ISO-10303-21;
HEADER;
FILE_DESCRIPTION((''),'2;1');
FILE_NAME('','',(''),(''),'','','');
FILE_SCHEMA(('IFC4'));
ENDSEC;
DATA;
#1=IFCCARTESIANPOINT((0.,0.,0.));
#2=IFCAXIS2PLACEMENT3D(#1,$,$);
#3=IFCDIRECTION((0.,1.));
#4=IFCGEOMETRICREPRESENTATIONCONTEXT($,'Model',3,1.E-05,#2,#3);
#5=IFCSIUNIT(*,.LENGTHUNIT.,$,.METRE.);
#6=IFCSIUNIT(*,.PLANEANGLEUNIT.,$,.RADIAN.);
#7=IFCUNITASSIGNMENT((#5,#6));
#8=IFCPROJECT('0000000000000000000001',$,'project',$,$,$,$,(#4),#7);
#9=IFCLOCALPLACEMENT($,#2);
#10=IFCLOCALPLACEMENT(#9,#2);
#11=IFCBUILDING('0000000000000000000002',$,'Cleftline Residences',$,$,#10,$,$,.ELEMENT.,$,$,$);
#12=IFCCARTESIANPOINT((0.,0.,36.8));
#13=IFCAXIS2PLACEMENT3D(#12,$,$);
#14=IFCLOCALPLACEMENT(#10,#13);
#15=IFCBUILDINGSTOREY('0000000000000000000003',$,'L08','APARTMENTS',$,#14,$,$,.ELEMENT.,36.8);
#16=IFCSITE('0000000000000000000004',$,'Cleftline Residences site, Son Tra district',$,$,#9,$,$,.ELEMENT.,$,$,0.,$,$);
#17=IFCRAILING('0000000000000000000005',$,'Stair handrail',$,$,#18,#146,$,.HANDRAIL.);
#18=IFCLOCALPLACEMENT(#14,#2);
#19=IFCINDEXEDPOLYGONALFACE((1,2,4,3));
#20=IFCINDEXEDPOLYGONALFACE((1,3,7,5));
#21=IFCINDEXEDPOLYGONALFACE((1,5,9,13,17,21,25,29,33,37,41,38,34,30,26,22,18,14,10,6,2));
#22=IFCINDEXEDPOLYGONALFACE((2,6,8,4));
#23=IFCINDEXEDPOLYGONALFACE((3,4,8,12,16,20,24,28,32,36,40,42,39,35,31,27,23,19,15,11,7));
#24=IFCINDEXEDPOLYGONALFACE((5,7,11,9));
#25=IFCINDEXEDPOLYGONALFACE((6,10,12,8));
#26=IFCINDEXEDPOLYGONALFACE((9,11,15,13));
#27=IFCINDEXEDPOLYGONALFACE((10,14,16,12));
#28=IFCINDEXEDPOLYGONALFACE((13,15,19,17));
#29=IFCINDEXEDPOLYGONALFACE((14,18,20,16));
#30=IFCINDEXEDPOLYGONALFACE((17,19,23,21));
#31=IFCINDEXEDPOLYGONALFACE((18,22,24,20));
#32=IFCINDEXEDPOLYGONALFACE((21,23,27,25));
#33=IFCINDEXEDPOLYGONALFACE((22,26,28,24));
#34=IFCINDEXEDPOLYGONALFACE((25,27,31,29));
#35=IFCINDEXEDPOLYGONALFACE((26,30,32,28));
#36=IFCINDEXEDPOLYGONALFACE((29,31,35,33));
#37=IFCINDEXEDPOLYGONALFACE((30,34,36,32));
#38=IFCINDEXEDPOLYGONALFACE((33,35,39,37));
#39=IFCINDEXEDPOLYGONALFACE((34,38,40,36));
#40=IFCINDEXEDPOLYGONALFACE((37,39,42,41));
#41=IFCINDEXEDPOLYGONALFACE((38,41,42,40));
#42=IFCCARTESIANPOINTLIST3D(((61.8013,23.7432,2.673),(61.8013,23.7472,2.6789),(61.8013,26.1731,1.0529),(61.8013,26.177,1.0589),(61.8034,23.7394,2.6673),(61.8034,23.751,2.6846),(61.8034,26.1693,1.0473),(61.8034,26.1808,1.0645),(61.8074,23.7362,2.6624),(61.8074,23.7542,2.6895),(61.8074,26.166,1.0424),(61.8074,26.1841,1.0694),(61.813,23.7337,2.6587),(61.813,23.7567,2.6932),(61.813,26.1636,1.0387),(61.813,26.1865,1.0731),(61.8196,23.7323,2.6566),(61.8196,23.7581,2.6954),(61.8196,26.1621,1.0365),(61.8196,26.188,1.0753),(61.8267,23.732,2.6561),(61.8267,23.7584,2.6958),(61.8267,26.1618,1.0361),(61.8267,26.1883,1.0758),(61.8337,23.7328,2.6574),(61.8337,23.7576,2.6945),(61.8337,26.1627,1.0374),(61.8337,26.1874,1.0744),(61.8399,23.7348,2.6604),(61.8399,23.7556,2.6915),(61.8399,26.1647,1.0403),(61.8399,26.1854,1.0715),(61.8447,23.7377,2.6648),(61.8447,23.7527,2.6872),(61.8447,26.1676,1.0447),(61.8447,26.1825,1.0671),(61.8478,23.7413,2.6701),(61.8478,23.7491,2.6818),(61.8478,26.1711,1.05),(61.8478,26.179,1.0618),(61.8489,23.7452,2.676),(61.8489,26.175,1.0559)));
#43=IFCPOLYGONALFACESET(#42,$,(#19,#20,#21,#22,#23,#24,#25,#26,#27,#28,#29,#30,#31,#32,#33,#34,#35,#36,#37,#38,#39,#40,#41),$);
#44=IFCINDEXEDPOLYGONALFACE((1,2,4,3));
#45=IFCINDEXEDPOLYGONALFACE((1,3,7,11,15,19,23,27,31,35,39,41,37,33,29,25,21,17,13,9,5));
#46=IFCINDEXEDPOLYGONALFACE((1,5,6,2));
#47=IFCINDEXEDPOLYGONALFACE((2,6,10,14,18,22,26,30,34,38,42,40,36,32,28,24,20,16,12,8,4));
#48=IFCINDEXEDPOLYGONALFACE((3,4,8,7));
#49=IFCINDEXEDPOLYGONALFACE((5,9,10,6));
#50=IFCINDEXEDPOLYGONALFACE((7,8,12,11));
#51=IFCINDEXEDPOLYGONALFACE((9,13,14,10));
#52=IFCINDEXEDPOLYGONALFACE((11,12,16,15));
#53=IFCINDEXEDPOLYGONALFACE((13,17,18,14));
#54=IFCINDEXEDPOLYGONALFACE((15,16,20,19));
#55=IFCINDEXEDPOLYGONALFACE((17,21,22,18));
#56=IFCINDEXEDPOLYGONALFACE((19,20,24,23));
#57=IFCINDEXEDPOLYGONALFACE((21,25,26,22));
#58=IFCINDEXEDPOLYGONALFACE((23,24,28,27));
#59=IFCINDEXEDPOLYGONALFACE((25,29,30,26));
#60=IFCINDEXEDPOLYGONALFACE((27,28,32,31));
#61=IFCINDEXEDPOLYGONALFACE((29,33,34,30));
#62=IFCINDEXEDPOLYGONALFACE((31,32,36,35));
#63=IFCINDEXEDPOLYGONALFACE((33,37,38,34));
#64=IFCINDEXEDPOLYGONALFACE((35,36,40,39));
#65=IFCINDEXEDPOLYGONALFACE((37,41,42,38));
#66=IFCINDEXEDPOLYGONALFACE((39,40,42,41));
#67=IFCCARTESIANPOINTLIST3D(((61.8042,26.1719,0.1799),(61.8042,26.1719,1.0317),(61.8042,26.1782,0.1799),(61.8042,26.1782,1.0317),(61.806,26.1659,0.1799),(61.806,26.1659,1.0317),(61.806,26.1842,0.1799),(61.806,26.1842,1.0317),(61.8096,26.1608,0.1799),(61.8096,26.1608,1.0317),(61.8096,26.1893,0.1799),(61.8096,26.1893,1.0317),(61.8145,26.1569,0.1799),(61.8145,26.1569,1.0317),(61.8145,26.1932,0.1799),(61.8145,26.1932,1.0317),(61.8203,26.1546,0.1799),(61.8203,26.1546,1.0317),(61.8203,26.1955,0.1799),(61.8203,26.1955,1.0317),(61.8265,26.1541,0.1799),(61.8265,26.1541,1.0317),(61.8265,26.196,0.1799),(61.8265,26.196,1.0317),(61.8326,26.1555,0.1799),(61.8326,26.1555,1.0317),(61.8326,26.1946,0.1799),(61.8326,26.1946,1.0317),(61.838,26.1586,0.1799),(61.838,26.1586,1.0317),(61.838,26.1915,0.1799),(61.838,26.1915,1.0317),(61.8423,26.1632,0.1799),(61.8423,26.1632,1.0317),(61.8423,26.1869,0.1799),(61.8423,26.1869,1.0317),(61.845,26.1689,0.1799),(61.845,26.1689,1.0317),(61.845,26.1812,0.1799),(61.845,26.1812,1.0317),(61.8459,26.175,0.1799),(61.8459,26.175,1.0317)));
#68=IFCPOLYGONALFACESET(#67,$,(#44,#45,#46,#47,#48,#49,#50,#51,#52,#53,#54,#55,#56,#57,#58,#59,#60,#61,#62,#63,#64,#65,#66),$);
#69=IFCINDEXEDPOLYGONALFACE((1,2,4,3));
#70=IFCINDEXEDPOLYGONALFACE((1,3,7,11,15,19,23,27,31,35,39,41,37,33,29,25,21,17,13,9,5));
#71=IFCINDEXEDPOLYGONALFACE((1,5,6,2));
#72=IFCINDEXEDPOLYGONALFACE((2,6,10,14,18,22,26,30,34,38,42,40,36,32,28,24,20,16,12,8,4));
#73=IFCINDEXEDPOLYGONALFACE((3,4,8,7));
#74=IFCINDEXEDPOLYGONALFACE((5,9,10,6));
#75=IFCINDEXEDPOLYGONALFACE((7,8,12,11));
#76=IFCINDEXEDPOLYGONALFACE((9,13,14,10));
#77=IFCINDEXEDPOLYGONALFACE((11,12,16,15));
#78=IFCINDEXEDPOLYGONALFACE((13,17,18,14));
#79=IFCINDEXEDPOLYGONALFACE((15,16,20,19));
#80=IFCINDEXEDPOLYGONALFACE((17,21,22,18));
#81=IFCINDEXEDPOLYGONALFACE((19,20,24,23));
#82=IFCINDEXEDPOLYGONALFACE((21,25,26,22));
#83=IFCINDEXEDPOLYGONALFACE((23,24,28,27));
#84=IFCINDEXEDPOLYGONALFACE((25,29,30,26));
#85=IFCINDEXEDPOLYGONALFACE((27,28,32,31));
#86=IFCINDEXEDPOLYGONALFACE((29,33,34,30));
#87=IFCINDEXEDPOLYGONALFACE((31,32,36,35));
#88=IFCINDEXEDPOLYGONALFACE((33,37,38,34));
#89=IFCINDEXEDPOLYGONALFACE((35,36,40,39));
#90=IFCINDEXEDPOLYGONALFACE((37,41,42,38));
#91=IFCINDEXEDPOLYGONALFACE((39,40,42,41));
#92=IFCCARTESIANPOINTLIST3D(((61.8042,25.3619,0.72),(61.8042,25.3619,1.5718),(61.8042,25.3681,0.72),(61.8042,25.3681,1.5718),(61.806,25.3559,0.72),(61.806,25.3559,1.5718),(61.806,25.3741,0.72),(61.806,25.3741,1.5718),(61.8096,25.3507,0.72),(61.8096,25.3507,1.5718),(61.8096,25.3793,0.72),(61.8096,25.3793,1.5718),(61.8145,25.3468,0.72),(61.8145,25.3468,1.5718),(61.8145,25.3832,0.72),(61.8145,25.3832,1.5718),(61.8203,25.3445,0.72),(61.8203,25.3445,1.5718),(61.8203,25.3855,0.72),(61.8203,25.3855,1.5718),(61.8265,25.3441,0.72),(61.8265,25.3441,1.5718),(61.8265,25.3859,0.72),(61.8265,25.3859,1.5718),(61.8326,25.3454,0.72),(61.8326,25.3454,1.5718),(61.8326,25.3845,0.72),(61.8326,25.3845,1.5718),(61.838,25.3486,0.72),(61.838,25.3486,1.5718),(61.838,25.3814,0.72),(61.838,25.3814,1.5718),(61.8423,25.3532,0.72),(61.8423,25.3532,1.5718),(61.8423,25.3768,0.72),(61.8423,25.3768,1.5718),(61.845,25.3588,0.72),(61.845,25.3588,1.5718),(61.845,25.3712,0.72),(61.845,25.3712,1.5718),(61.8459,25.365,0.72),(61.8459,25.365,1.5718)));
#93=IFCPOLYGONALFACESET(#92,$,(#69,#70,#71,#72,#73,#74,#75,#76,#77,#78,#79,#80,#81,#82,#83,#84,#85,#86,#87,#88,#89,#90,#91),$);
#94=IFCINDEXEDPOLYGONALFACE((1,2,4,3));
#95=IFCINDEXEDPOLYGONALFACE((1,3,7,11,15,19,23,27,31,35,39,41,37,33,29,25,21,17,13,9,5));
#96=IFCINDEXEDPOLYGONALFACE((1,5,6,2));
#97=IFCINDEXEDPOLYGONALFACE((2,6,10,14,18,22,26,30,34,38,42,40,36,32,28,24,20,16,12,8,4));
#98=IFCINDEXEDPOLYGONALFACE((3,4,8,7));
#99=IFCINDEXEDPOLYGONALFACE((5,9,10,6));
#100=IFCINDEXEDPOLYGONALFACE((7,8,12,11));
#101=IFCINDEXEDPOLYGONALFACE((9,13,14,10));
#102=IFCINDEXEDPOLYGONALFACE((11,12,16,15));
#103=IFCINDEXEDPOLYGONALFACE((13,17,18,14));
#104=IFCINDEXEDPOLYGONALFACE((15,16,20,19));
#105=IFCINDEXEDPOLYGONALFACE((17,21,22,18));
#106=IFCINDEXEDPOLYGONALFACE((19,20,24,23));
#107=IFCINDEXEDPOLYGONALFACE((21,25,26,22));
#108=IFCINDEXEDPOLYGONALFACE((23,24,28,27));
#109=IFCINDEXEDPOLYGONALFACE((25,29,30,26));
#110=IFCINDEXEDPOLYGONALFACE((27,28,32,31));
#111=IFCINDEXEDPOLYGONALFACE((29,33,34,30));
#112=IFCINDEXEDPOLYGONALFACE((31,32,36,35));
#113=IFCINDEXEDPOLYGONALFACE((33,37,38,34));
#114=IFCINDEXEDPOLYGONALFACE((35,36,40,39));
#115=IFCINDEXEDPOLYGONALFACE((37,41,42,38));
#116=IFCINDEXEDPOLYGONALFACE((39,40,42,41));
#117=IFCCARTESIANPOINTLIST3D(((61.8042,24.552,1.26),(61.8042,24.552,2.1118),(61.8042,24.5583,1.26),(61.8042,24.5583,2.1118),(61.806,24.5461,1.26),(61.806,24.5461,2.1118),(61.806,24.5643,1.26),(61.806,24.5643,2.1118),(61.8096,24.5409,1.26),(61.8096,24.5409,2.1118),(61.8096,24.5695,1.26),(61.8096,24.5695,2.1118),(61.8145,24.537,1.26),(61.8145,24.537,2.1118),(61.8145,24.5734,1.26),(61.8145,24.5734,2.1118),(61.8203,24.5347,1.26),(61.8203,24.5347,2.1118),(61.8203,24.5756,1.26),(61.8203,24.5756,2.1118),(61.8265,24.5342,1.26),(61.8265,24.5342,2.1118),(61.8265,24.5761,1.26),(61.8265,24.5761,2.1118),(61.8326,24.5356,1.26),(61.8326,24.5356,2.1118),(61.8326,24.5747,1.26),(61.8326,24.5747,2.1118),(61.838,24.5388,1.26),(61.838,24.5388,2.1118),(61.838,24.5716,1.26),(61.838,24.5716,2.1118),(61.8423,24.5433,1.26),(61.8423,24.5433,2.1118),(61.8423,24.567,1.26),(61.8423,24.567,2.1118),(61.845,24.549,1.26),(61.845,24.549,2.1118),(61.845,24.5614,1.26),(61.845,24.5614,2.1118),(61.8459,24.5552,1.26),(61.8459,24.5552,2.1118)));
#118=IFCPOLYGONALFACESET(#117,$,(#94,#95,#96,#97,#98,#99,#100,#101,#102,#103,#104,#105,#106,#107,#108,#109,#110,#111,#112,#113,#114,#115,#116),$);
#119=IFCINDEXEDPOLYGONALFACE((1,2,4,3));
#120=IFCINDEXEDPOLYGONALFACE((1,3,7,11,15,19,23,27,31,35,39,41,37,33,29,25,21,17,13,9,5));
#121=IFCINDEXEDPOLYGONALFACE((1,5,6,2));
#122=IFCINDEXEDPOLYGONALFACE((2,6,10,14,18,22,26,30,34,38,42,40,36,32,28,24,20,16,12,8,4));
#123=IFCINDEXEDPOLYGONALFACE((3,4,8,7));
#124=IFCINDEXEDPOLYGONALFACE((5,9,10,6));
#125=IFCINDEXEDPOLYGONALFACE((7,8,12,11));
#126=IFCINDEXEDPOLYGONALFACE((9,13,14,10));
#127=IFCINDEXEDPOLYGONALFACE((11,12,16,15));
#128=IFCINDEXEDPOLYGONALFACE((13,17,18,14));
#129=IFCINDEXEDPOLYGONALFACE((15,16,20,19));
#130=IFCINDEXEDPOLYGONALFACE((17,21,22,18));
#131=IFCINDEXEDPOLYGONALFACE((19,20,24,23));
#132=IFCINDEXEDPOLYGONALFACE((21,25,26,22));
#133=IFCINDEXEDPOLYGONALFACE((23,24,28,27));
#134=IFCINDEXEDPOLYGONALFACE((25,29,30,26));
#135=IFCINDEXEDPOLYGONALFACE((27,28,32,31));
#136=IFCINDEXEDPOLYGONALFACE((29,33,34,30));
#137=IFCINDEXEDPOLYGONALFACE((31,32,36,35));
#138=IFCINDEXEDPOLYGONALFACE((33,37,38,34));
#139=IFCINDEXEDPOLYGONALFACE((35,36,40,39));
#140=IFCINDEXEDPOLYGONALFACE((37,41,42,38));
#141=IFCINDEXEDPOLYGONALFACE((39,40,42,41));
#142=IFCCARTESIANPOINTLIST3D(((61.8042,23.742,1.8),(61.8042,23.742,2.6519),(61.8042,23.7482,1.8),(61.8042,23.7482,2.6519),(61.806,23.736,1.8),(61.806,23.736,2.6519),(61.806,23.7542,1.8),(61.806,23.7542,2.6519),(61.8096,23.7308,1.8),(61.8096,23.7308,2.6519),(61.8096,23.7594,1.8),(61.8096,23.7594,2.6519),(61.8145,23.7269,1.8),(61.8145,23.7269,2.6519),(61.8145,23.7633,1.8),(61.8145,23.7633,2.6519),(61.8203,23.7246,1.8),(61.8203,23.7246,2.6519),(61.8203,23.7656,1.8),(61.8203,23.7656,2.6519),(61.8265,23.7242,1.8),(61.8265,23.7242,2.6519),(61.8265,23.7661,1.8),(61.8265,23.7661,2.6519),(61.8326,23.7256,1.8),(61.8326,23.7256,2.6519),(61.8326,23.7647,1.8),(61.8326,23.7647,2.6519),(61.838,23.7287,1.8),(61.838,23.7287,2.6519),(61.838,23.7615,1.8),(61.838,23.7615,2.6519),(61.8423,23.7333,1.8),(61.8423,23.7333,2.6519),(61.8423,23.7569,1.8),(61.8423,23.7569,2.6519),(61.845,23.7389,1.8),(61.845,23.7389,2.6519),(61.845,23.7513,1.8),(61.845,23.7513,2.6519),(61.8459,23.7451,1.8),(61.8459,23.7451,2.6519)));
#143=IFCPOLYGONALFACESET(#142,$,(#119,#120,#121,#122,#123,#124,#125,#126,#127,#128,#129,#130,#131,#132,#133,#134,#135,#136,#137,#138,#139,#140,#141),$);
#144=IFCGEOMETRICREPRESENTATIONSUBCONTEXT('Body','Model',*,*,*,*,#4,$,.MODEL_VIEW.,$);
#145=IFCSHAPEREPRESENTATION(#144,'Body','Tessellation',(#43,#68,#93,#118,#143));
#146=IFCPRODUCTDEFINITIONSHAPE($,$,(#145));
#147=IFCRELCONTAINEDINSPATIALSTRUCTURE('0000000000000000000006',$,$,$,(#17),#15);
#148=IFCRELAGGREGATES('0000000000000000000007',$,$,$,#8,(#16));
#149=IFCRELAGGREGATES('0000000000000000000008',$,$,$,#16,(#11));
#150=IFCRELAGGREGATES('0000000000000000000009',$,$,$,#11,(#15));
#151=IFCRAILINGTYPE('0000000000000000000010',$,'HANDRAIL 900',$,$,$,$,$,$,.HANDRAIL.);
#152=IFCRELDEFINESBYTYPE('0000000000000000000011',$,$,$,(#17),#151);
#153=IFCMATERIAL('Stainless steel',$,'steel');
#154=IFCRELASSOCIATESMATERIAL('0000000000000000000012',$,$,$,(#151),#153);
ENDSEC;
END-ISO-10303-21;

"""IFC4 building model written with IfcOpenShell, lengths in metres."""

from ifc_helpers import new_model, si_unit, direction, frame, origin, origin_2d, place, context, subcontext, project, spatial, circle, extrude, material, type_object, element, save


model = new_model("IFC4")

# Units and contexts
model_context = context("Model", 3, precision=1e-05, world=origin(), true_north=direction((0.0, 1.0)))
body_context = subcontext(model_context, "Body", "Model", "MODEL_VIEW")
ifc_project = project(units=[si_unit("LENGTHUNIT", "METRE"), si_unit("PLANEANGLEUNIT", "RADIAN")], contexts=[model_context])

# Site, building, storey
site_placement = place(None, origin())
site = spatial("IfcSite", under=ifc_project, at=site_placement, Name="Cleftline Residences site, Son Tra district", CompositionType="ELEMENT", RefElevation=0.0)
building_placement = place(site_placement, origin())
building = spatial("IfcBuilding", under=site, at=building_placement, Name="Cleftline Residences", CompositionType="ELEMENT")
storey_placement = place(building_placement, frame((0.0, 0.0, 36.8)))
storey = spatial("IfcBuildingStorey", under=building, at=storey_placement, Name="L08", Description="APARTMENTS", CompositionType="ELEMENT", Elevation=36.8)

# Railing
ifc_material_1 = material(Name="Stainless steel", Category="steel")
railing_type = type_object("IfcRailingType", Name="HANDRAIL 900", PredefinedType="HANDRAIL", material=ifc_material_1)
railing_placement = place(storey_placement, frame((61.825, 26.175, 0.1799)))
element("IfcRailing", 1, at=railing_placement, inside=storey, type_object=railing_type, Name="Stair handrail", PredefinedType="HANDRAIL", context=body_context, shape_type="SweptSolid", body=[
    extrude(circle(Radius=0.0239, at=origin_2d()), frame((0.0, 0.0, 0.876), z_axis=(0.0, -0.832025, 0.554739), x_axis=(1.0, 0.0, 0.0)), (0.0, 0.0, 1.0), 2.9204),
    extrude(circle(Radius=0.021, at=origin_2d()), origin(), (0.0, 0.0, 1.0), 0.8518),
    extrude(circle(Radius=0.021, at=origin_2d()), frame((0.0, -0.8101, 0.54)), (0.0, 0.0, 1.0), 0.8518),
    extrude(circle(Radius=0.021, at=origin_2d()), frame((0.0, -1.6199, 1.0801)), (0.0, 0.0, 1.0), 0.8518),
    extrude(circle(Radius=0.021, at=origin_2d()), frame((0.0, -2.4299, 1.6201)), (0.0, 0.0, 1.0), 0.8518),
])

save(model, "model.ifc")
